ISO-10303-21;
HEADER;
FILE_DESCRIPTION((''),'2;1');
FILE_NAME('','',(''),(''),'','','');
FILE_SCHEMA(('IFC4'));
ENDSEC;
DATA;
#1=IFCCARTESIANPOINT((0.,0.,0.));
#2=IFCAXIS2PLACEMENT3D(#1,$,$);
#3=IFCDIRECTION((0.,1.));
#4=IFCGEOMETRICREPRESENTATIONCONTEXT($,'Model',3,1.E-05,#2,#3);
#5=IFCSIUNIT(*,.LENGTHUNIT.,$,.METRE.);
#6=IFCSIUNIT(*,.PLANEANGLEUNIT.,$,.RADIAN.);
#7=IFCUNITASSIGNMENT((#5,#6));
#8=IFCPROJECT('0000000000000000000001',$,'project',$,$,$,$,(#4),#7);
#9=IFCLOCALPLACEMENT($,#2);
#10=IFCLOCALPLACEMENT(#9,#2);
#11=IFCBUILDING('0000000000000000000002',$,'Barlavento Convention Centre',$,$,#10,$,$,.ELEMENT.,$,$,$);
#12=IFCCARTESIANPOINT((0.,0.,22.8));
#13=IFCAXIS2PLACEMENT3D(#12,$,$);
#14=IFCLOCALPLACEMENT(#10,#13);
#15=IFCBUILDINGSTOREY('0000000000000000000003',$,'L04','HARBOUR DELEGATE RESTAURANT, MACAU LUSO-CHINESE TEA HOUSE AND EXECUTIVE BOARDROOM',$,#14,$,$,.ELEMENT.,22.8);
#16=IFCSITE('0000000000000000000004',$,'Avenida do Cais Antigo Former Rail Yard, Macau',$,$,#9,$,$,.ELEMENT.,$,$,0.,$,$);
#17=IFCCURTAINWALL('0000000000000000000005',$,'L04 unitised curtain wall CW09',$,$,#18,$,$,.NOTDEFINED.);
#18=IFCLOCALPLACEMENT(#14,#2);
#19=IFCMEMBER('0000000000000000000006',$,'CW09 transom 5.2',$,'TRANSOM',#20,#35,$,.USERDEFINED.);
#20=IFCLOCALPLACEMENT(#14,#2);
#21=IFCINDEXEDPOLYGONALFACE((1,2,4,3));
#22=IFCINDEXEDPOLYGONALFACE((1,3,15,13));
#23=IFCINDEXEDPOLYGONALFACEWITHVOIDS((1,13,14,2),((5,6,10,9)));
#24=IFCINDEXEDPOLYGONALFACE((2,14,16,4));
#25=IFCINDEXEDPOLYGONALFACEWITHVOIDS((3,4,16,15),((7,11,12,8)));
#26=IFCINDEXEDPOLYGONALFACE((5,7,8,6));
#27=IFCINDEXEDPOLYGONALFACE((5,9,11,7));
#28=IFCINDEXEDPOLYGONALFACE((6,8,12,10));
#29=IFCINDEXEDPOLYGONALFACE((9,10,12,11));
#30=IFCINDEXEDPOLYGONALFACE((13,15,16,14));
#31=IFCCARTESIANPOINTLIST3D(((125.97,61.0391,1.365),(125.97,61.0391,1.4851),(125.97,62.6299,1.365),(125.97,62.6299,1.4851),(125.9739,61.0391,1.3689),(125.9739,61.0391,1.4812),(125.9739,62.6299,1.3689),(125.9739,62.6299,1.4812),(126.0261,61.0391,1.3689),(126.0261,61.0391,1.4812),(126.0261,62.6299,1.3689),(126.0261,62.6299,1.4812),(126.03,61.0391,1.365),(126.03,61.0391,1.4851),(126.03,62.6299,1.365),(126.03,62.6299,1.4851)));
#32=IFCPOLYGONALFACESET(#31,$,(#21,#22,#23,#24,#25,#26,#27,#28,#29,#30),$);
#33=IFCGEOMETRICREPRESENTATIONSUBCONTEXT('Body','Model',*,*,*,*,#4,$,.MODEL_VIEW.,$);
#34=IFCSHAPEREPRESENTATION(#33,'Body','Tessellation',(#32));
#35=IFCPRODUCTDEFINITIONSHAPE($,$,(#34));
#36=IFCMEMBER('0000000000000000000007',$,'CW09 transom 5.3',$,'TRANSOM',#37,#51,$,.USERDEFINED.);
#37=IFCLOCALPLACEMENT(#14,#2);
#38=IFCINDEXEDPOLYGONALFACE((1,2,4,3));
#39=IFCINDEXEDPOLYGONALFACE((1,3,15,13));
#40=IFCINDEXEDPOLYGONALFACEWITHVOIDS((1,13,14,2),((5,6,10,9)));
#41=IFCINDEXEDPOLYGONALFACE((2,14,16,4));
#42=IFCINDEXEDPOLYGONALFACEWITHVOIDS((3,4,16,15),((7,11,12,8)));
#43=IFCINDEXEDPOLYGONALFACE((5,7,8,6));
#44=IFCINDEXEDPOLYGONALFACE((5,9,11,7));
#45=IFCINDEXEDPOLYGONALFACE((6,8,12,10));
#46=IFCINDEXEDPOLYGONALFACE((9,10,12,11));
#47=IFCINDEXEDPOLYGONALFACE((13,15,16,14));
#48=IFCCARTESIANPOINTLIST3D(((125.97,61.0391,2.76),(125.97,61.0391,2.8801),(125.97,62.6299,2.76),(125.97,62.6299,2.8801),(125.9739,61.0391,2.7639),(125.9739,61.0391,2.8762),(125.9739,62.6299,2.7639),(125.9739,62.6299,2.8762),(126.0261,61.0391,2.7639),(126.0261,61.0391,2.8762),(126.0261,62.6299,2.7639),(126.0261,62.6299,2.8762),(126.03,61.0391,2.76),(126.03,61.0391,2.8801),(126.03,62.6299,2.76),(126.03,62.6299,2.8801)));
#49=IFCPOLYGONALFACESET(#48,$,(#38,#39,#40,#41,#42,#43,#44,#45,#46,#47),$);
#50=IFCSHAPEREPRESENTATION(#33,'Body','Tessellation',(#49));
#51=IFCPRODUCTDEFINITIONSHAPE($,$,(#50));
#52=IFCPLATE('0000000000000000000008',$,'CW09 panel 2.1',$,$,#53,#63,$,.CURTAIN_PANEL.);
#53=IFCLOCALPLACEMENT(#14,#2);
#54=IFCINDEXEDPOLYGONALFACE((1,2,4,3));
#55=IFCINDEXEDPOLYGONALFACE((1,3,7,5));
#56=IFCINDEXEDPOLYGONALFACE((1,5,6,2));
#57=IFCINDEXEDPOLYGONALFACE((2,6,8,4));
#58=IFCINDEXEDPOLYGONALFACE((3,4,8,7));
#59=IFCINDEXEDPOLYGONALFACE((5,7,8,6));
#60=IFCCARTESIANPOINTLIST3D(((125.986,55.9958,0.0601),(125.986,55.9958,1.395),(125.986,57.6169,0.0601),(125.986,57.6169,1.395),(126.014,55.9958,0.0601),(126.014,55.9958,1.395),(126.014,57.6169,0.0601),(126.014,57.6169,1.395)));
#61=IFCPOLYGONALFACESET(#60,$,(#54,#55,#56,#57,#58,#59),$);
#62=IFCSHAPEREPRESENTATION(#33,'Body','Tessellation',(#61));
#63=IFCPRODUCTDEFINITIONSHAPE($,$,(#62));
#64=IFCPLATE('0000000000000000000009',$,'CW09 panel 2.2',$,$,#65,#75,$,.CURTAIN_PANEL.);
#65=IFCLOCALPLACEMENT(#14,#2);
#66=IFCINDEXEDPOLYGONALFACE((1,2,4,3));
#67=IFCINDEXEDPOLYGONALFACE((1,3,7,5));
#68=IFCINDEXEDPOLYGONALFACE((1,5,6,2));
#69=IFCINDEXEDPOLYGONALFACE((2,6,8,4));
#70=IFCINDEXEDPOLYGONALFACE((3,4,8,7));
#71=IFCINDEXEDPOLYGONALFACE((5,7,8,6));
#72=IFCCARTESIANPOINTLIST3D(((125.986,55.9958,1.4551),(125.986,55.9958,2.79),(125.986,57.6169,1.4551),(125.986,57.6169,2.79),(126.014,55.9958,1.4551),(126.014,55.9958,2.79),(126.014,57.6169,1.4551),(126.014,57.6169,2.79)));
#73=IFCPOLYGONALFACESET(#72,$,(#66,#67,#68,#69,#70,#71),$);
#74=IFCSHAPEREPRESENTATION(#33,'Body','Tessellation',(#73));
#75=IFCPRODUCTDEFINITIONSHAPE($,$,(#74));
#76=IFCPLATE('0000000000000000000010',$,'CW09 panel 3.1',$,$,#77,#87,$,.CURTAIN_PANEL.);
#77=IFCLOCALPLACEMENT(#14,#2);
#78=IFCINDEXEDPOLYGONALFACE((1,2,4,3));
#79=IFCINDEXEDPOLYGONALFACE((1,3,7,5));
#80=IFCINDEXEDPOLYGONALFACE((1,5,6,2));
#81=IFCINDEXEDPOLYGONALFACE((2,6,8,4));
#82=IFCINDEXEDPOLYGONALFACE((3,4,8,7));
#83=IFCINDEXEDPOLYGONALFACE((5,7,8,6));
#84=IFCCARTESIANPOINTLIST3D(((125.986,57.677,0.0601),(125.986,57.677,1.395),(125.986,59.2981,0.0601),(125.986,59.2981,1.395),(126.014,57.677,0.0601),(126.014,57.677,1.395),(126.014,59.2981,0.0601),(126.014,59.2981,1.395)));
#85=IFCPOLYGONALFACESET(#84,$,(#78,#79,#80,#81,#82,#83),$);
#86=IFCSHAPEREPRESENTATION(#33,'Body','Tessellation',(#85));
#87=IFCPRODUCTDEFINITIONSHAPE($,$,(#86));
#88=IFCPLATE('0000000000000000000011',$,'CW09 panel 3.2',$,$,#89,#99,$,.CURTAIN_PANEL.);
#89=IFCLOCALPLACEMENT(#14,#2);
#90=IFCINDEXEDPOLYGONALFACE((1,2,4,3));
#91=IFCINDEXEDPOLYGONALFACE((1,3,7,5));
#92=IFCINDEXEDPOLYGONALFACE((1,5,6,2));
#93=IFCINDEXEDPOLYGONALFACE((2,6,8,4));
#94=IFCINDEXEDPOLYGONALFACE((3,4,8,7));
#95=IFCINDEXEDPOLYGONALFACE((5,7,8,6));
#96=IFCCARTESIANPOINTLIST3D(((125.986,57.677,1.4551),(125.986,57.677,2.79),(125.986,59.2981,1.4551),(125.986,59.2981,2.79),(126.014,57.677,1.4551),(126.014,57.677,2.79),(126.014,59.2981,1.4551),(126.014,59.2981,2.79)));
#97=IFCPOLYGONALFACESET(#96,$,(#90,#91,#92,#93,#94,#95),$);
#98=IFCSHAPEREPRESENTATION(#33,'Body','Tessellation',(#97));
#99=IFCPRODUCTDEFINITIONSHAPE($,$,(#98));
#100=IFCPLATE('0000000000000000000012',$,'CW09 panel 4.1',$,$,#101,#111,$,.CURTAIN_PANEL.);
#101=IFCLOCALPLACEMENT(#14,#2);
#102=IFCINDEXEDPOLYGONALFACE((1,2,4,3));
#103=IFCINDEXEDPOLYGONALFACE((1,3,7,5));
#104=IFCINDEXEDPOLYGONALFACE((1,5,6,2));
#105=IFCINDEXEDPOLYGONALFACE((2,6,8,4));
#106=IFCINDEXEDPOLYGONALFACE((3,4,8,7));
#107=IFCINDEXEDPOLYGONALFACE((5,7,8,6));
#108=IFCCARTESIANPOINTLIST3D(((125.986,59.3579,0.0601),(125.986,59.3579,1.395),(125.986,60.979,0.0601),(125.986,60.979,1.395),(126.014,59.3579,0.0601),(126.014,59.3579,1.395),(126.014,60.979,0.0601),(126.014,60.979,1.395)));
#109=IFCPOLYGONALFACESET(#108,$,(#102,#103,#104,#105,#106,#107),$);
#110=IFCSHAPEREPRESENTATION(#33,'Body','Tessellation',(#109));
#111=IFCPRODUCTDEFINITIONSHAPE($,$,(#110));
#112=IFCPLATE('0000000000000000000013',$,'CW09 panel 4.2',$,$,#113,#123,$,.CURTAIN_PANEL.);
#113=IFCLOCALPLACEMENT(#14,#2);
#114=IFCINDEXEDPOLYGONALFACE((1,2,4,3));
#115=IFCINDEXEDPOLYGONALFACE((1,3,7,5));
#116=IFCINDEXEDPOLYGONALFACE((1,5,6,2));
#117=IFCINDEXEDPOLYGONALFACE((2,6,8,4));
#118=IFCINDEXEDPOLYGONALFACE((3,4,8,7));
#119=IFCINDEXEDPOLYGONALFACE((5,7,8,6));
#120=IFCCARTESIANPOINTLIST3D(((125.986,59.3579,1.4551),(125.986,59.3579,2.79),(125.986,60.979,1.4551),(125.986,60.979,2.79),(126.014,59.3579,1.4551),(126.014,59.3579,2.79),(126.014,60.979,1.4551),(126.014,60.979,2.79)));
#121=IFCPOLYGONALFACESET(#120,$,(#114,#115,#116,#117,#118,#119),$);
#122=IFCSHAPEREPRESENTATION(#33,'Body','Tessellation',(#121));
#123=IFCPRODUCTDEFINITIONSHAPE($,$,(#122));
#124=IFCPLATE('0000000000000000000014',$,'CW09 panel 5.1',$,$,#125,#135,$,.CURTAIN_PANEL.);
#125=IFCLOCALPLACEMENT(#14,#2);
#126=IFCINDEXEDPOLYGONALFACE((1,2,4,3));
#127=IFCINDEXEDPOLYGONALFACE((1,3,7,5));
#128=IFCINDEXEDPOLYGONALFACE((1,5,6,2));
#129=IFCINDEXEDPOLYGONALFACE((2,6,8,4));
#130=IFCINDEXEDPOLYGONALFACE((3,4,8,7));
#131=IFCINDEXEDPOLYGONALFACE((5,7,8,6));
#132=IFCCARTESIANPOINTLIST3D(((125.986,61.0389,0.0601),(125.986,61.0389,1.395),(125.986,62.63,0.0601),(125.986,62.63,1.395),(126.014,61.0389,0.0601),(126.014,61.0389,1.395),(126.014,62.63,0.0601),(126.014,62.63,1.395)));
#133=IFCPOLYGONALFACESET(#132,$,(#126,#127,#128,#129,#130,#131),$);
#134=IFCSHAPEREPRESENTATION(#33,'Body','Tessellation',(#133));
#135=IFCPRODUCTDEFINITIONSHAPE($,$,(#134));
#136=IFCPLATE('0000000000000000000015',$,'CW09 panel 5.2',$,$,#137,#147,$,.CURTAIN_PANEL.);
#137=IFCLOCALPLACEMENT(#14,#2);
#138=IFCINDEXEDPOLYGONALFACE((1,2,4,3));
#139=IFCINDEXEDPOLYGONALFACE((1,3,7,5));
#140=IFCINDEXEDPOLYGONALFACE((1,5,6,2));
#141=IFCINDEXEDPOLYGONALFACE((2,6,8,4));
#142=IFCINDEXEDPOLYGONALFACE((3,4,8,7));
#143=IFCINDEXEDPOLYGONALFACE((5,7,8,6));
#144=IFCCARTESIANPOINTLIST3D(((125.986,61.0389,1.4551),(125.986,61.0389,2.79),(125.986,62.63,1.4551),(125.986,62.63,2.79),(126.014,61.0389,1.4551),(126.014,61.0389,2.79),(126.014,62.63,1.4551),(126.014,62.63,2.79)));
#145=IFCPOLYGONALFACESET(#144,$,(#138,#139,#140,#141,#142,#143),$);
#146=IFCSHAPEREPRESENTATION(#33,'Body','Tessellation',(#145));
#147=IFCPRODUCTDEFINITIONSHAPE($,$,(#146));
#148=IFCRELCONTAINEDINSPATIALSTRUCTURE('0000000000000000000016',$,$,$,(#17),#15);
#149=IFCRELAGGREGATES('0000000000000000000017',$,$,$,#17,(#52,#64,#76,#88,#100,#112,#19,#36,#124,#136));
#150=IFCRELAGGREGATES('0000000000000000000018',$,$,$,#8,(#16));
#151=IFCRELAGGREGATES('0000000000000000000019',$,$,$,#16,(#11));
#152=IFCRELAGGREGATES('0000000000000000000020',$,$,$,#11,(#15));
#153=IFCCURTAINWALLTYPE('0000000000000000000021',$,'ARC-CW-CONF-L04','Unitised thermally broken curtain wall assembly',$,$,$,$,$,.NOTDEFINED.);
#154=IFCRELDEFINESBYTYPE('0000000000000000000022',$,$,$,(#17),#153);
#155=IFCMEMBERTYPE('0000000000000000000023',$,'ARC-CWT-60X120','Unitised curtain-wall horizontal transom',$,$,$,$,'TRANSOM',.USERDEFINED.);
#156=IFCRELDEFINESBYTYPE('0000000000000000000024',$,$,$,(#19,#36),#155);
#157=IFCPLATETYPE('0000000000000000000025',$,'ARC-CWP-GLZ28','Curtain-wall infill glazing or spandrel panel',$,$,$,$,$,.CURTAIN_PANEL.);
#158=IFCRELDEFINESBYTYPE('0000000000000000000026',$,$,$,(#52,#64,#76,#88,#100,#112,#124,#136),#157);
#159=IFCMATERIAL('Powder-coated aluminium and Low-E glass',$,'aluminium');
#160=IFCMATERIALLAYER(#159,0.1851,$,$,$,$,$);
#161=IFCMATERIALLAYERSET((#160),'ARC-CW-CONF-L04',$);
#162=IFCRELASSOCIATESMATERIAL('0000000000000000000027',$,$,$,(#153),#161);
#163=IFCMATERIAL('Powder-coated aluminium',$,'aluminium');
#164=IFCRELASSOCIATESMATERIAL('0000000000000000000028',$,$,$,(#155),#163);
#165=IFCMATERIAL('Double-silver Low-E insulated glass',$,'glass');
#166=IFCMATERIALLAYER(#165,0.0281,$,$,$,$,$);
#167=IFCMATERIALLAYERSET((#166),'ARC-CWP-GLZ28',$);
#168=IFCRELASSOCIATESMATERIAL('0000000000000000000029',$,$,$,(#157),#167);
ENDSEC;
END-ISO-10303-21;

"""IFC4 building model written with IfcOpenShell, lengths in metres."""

from ifc_helpers import new_model, si_unit, direction, frame, origin, origin_2d, place, context, subcontext, project, spatial, rectangle, hollow_rectangle, extrude, material, layer, layer_set, material_profile, profile_set, type_object, element, aggregate, save


model = new_model("IFC4")

# Units and contexts
model_context = context("Model", 3, precision=1e-05, world=origin(), true_north=direction((0.0, 1.0)))
body_context = subcontext(model_context, "Body", "Model", "MODEL_VIEW")
ifc_project = project(units=[si_unit("LENGTHUNIT", "METRE"), si_unit("PLANEANGLEUNIT", "RADIAN")], contexts=[model_context])

# Site, building, storey
site_placement = place(None, origin())
site = spatial("IfcSite", under=ifc_project, at=site_placement, Name="Avenida do Cais Antigo Former Rail Yard, Macau", CompositionType="ELEMENT", RefElevation=0.0)
building_placement = place(site_placement, origin())
building = spatial("IfcBuilding", under=site, at=building_placement, Name="Barlavento Convention Centre", CompositionType="ELEMENT")
storey_placement = place(building_placement, frame((0.0, 0.0, 22.8)))
storey = spatial("IfcBuildingStorey", under=building, at=storey_placement, Name="L04", Description="HARBOUR DELEGATE RESTAURANT, MACAU LUSO-CHINESE TEA HOUSE AND EXECUTIVE BOARDROOM", CompositionType="ELEMENT", Elevation=22.8)

# Curtain wall, members, plates
ifc_material_1 = material(Name="Powder-coated aluminium and Low-E glass", Category="aluminium")
ifc_layer_1 = layer(ifc_material_1, 0.1851)
ifc_layer_set_1 = layer_set([ifc_layer_1], Name="ARC-CW-CONF-L04")
curtain_wall_type = type_object("IfcCurtainWallType", Name="ARC-CW-CONF-L04", Description="Unitised thermally broken curtain wall assembly", PredefinedType="NOTDEFINED", material=ifc_layer_set_1)
curtain_wall_placement = place(storey_placement, origin())
curtain_wall = element("IfcCurtainWall", 1, at=curtain_wall_placement, inside=storey, type_object=curtain_wall_type, Name="L04 unitised curtain wall CW09", PredefinedType="NOTDEFINED")
ifc_material_2 = material(Name="Powder-coated aluminium", Category="aluminium")
ifc_material_profile_1 = material_profile(ifc_material_2, hollow_rectangle(XDim=0.0601, YDim=0.1201, WallThickness=0.0039, at=origin_2d()), Name="AL-TRAN 60x120x4")
ifc_profile_set_1 = profile_set([ifc_material_profile_1], Name="Powder-coated aluminium")
member_type_1 = type_object("IfcMemberType", Name="ARC-CWT-60X120", Description="Unitised curtain-wall horizontal transom", ElementType="TRANSOM", PredefinedType="USERDEFINED", material=ifc_profile_set_1)
member_1_placement = place(storey_placement, frame((126.0, 61.0391, 1.425), z_axis=(0.0, 1.0, 0.0), x_axis=(-1.0, 0.0, 0.0)))
member_1 = element("IfcMember", 2, at=member_1_placement, type_object=member_type_1, Name="CW09 transom 5.2", ObjectType="TRANSOM", PredefinedType="USERDEFINED", context=body_context, shape_type="SweptSolid", body=[
    extrude(hollow_rectangle(XDim=0.0601, YDim=0.1201, WallThickness=0.0039, at=origin_2d()), origin(), (0.0, 0.0, 1.0), 1.5908),
])
member_2_placement = place(storey_placement, frame((126.0, 61.0391, 2.8201), z_axis=(0.0, 1.0, 0.0), x_axis=(-1.0, 0.0, 0.0)))
member_2 = element("IfcMember", 3, at=member_2_placement, type_object=member_type_1, Name="CW09 transom 5.3", ObjectType="TRANSOM", PredefinedType="USERDEFINED", context=body_context, shape_type="SweptSolid", body=[
    extrude(hollow_rectangle(XDim=0.0601, YDim=0.1201, WallThickness=0.0039, at=origin_2d()), origin(), (0.0, 0.0, 1.0), 1.5908),
])
ifc_material_3 = material(Name="Double-silver Low-E insulated glass", Category="glass")
ifc_layer_2 = layer(ifc_material_3, 0.0281)
ifc_layer_set_2 = layer_set([ifc_layer_2], Name="ARC-CWP-GLZ28")
plate_type = type_object("IfcPlateType", Name="ARC-CWP-GLZ28", Description="Curtain-wall infill glazing or spandrel panel", PredefinedType="CURTAIN_PANEL", material=ifc_layer_set_2)
plate_1_placement = place(storey_placement, frame((126.0, 56.8064, 0.0601), z_axis=(0.0, 0.0, 1.0), x_axis=(0.0, 1.0, 0.0)))
plate_1 = element("IfcPlate", 4, at=plate_1_placement, type_object=plate_type, Name="CW09 panel 2.1", PredefinedType="CURTAIN_PANEL", context=body_context, shape_type="SweptSolid", body=[
    extrude(rectangle(XDim=1.6211, YDim=0.0281, at=origin_2d()), origin(), (0.0, 0.0, 1.0), 1.335),
])
plate_2_placement = place(storey_placement, frame((126.0, 56.8064, 1.4551), z_axis=(0.0, 0.0, 1.0), x_axis=(0.0, 1.0, 0.0)))
plate_2 = element("IfcPlate", 5, at=plate_2_placement, type_object=plate_type, Name="CW09 panel 2.2", PredefinedType="CURTAIN_PANEL", context=body_context, shape_type="SweptSolid", body=[
    extrude(rectangle(XDim=1.6211, YDim=0.0281, at=origin_2d()), origin(), (0.0, 0.0, 1.0), 1.335),
])
plate_3_placement = place(storey_placement, frame((126.0, 58.4875, 0.0601), z_axis=(0.0, 0.0, 1.0), x_axis=(0.0, 1.0, 0.0)))
plate_3 = element("IfcPlate", 6, at=plate_3_placement, type_object=plate_type, Name="CW09 panel 3.1", PredefinedType="CURTAIN_PANEL", context=body_context, shape_type="SweptSolid", body=[
    extrude(rectangle(XDim=1.6211, YDim=0.0281, at=origin_2d()), origin(), (0.0, 0.0, 1.0), 1.335),
])
plate_4_placement = place(storey_placement, frame((126.0, 58.4875, 1.4551), z_axis=(0.0, 0.0, 1.0), x_axis=(0.0, 1.0, 0.0)))
plate_4 = element("IfcPlate", 7, at=plate_4_placement, type_object=plate_type, Name="CW09 panel 3.2", PredefinedType="CURTAIN_PANEL", context=body_context, shape_type="SweptSolid", body=[
    extrude(rectangle(XDim=1.6211, YDim=0.0281, at=origin_2d()), origin(), (0.0, 0.0, 1.0), 1.335),
])
plate_5_placement = place(storey_placement, frame((126.0, 60.1685, 0.0601), z_axis=(0.0, 0.0, 1.0), x_axis=(0.0, 1.0, 0.0)))
plate_5 = element("IfcPlate", 8, at=plate_5_placement, type_object=plate_type, Name="CW09 panel 4.1", PredefinedType="CURTAIN_PANEL", context=body_context, shape_type="SweptSolid", body=[
    extrude(rectangle(XDim=1.6211, YDim=0.0281, at=origin_2d()), origin(), (0.0, 0.0, 1.0), 1.335),
])
plate_6_placement = place(storey_placement, frame((126.0, 60.1685, 1.4551), z_axis=(0.0, 0.0, 1.0), x_axis=(0.0, 1.0, 0.0)))
plate_6 = element("IfcPlate", 9, at=plate_6_placement, type_object=plate_type, Name="CW09 panel 4.2", PredefinedType="CURTAIN_PANEL", context=body_context, shape_type="SweptSolid", body=[
    extrude(rectangle(XDim=1.6211, YDim=0.0281, at=origin_2d()), origin(), (0.0, 0.0, 1.0), 1.335),
])
plate_7_placement = place(storey_placement, frame((126.0, 61.8345, 0.0601), z_axis=(0.0, 0.0, 1.0), x_axis=(0.0, 1.0, 0.0)))
plate_7 = element("IfcPlate", 10, at=plate_7_placement, type_object=plate_type, Name="CW09 panel 5.1", PredefinedType="CURTAIN_PANEL", context=body_context, shape_type="SweptSolid", body=[
    extrude(rectangle(XDim=1.5911, YDim=0.0281, at=origin_2d()), origin(), (0.0, 0.0, 1.0), 1.335),
])
plate_8_placement = place(storey_placement, frame((126.0, 61.8345, 1.4551), z_axis=(0.0, 0.0, 1.0), x_axis=(0.0, 1.0, 0.0)))
plate_8 = element("IfcPlate", 11, at=plate_8_placement, type_object=plate_type, Name="CW09 panel 5.2", PredefinedType="CURTAIN_PANEL", context=body_context, shape_type="SweptSolid", body=[
    extrude(rectangle(XDim=1.5911, YDim=0.0281, at=origin_2d()), origin(), (0.0, 0.0, 1.0), 1.335),
])
aggregate(curtain_wall, [plate_1, plate_2, plate_3, plate_4, plate_5, plate_6, member_1, member_2, plate_7, plate_8])

save(model, "model.ifc")
